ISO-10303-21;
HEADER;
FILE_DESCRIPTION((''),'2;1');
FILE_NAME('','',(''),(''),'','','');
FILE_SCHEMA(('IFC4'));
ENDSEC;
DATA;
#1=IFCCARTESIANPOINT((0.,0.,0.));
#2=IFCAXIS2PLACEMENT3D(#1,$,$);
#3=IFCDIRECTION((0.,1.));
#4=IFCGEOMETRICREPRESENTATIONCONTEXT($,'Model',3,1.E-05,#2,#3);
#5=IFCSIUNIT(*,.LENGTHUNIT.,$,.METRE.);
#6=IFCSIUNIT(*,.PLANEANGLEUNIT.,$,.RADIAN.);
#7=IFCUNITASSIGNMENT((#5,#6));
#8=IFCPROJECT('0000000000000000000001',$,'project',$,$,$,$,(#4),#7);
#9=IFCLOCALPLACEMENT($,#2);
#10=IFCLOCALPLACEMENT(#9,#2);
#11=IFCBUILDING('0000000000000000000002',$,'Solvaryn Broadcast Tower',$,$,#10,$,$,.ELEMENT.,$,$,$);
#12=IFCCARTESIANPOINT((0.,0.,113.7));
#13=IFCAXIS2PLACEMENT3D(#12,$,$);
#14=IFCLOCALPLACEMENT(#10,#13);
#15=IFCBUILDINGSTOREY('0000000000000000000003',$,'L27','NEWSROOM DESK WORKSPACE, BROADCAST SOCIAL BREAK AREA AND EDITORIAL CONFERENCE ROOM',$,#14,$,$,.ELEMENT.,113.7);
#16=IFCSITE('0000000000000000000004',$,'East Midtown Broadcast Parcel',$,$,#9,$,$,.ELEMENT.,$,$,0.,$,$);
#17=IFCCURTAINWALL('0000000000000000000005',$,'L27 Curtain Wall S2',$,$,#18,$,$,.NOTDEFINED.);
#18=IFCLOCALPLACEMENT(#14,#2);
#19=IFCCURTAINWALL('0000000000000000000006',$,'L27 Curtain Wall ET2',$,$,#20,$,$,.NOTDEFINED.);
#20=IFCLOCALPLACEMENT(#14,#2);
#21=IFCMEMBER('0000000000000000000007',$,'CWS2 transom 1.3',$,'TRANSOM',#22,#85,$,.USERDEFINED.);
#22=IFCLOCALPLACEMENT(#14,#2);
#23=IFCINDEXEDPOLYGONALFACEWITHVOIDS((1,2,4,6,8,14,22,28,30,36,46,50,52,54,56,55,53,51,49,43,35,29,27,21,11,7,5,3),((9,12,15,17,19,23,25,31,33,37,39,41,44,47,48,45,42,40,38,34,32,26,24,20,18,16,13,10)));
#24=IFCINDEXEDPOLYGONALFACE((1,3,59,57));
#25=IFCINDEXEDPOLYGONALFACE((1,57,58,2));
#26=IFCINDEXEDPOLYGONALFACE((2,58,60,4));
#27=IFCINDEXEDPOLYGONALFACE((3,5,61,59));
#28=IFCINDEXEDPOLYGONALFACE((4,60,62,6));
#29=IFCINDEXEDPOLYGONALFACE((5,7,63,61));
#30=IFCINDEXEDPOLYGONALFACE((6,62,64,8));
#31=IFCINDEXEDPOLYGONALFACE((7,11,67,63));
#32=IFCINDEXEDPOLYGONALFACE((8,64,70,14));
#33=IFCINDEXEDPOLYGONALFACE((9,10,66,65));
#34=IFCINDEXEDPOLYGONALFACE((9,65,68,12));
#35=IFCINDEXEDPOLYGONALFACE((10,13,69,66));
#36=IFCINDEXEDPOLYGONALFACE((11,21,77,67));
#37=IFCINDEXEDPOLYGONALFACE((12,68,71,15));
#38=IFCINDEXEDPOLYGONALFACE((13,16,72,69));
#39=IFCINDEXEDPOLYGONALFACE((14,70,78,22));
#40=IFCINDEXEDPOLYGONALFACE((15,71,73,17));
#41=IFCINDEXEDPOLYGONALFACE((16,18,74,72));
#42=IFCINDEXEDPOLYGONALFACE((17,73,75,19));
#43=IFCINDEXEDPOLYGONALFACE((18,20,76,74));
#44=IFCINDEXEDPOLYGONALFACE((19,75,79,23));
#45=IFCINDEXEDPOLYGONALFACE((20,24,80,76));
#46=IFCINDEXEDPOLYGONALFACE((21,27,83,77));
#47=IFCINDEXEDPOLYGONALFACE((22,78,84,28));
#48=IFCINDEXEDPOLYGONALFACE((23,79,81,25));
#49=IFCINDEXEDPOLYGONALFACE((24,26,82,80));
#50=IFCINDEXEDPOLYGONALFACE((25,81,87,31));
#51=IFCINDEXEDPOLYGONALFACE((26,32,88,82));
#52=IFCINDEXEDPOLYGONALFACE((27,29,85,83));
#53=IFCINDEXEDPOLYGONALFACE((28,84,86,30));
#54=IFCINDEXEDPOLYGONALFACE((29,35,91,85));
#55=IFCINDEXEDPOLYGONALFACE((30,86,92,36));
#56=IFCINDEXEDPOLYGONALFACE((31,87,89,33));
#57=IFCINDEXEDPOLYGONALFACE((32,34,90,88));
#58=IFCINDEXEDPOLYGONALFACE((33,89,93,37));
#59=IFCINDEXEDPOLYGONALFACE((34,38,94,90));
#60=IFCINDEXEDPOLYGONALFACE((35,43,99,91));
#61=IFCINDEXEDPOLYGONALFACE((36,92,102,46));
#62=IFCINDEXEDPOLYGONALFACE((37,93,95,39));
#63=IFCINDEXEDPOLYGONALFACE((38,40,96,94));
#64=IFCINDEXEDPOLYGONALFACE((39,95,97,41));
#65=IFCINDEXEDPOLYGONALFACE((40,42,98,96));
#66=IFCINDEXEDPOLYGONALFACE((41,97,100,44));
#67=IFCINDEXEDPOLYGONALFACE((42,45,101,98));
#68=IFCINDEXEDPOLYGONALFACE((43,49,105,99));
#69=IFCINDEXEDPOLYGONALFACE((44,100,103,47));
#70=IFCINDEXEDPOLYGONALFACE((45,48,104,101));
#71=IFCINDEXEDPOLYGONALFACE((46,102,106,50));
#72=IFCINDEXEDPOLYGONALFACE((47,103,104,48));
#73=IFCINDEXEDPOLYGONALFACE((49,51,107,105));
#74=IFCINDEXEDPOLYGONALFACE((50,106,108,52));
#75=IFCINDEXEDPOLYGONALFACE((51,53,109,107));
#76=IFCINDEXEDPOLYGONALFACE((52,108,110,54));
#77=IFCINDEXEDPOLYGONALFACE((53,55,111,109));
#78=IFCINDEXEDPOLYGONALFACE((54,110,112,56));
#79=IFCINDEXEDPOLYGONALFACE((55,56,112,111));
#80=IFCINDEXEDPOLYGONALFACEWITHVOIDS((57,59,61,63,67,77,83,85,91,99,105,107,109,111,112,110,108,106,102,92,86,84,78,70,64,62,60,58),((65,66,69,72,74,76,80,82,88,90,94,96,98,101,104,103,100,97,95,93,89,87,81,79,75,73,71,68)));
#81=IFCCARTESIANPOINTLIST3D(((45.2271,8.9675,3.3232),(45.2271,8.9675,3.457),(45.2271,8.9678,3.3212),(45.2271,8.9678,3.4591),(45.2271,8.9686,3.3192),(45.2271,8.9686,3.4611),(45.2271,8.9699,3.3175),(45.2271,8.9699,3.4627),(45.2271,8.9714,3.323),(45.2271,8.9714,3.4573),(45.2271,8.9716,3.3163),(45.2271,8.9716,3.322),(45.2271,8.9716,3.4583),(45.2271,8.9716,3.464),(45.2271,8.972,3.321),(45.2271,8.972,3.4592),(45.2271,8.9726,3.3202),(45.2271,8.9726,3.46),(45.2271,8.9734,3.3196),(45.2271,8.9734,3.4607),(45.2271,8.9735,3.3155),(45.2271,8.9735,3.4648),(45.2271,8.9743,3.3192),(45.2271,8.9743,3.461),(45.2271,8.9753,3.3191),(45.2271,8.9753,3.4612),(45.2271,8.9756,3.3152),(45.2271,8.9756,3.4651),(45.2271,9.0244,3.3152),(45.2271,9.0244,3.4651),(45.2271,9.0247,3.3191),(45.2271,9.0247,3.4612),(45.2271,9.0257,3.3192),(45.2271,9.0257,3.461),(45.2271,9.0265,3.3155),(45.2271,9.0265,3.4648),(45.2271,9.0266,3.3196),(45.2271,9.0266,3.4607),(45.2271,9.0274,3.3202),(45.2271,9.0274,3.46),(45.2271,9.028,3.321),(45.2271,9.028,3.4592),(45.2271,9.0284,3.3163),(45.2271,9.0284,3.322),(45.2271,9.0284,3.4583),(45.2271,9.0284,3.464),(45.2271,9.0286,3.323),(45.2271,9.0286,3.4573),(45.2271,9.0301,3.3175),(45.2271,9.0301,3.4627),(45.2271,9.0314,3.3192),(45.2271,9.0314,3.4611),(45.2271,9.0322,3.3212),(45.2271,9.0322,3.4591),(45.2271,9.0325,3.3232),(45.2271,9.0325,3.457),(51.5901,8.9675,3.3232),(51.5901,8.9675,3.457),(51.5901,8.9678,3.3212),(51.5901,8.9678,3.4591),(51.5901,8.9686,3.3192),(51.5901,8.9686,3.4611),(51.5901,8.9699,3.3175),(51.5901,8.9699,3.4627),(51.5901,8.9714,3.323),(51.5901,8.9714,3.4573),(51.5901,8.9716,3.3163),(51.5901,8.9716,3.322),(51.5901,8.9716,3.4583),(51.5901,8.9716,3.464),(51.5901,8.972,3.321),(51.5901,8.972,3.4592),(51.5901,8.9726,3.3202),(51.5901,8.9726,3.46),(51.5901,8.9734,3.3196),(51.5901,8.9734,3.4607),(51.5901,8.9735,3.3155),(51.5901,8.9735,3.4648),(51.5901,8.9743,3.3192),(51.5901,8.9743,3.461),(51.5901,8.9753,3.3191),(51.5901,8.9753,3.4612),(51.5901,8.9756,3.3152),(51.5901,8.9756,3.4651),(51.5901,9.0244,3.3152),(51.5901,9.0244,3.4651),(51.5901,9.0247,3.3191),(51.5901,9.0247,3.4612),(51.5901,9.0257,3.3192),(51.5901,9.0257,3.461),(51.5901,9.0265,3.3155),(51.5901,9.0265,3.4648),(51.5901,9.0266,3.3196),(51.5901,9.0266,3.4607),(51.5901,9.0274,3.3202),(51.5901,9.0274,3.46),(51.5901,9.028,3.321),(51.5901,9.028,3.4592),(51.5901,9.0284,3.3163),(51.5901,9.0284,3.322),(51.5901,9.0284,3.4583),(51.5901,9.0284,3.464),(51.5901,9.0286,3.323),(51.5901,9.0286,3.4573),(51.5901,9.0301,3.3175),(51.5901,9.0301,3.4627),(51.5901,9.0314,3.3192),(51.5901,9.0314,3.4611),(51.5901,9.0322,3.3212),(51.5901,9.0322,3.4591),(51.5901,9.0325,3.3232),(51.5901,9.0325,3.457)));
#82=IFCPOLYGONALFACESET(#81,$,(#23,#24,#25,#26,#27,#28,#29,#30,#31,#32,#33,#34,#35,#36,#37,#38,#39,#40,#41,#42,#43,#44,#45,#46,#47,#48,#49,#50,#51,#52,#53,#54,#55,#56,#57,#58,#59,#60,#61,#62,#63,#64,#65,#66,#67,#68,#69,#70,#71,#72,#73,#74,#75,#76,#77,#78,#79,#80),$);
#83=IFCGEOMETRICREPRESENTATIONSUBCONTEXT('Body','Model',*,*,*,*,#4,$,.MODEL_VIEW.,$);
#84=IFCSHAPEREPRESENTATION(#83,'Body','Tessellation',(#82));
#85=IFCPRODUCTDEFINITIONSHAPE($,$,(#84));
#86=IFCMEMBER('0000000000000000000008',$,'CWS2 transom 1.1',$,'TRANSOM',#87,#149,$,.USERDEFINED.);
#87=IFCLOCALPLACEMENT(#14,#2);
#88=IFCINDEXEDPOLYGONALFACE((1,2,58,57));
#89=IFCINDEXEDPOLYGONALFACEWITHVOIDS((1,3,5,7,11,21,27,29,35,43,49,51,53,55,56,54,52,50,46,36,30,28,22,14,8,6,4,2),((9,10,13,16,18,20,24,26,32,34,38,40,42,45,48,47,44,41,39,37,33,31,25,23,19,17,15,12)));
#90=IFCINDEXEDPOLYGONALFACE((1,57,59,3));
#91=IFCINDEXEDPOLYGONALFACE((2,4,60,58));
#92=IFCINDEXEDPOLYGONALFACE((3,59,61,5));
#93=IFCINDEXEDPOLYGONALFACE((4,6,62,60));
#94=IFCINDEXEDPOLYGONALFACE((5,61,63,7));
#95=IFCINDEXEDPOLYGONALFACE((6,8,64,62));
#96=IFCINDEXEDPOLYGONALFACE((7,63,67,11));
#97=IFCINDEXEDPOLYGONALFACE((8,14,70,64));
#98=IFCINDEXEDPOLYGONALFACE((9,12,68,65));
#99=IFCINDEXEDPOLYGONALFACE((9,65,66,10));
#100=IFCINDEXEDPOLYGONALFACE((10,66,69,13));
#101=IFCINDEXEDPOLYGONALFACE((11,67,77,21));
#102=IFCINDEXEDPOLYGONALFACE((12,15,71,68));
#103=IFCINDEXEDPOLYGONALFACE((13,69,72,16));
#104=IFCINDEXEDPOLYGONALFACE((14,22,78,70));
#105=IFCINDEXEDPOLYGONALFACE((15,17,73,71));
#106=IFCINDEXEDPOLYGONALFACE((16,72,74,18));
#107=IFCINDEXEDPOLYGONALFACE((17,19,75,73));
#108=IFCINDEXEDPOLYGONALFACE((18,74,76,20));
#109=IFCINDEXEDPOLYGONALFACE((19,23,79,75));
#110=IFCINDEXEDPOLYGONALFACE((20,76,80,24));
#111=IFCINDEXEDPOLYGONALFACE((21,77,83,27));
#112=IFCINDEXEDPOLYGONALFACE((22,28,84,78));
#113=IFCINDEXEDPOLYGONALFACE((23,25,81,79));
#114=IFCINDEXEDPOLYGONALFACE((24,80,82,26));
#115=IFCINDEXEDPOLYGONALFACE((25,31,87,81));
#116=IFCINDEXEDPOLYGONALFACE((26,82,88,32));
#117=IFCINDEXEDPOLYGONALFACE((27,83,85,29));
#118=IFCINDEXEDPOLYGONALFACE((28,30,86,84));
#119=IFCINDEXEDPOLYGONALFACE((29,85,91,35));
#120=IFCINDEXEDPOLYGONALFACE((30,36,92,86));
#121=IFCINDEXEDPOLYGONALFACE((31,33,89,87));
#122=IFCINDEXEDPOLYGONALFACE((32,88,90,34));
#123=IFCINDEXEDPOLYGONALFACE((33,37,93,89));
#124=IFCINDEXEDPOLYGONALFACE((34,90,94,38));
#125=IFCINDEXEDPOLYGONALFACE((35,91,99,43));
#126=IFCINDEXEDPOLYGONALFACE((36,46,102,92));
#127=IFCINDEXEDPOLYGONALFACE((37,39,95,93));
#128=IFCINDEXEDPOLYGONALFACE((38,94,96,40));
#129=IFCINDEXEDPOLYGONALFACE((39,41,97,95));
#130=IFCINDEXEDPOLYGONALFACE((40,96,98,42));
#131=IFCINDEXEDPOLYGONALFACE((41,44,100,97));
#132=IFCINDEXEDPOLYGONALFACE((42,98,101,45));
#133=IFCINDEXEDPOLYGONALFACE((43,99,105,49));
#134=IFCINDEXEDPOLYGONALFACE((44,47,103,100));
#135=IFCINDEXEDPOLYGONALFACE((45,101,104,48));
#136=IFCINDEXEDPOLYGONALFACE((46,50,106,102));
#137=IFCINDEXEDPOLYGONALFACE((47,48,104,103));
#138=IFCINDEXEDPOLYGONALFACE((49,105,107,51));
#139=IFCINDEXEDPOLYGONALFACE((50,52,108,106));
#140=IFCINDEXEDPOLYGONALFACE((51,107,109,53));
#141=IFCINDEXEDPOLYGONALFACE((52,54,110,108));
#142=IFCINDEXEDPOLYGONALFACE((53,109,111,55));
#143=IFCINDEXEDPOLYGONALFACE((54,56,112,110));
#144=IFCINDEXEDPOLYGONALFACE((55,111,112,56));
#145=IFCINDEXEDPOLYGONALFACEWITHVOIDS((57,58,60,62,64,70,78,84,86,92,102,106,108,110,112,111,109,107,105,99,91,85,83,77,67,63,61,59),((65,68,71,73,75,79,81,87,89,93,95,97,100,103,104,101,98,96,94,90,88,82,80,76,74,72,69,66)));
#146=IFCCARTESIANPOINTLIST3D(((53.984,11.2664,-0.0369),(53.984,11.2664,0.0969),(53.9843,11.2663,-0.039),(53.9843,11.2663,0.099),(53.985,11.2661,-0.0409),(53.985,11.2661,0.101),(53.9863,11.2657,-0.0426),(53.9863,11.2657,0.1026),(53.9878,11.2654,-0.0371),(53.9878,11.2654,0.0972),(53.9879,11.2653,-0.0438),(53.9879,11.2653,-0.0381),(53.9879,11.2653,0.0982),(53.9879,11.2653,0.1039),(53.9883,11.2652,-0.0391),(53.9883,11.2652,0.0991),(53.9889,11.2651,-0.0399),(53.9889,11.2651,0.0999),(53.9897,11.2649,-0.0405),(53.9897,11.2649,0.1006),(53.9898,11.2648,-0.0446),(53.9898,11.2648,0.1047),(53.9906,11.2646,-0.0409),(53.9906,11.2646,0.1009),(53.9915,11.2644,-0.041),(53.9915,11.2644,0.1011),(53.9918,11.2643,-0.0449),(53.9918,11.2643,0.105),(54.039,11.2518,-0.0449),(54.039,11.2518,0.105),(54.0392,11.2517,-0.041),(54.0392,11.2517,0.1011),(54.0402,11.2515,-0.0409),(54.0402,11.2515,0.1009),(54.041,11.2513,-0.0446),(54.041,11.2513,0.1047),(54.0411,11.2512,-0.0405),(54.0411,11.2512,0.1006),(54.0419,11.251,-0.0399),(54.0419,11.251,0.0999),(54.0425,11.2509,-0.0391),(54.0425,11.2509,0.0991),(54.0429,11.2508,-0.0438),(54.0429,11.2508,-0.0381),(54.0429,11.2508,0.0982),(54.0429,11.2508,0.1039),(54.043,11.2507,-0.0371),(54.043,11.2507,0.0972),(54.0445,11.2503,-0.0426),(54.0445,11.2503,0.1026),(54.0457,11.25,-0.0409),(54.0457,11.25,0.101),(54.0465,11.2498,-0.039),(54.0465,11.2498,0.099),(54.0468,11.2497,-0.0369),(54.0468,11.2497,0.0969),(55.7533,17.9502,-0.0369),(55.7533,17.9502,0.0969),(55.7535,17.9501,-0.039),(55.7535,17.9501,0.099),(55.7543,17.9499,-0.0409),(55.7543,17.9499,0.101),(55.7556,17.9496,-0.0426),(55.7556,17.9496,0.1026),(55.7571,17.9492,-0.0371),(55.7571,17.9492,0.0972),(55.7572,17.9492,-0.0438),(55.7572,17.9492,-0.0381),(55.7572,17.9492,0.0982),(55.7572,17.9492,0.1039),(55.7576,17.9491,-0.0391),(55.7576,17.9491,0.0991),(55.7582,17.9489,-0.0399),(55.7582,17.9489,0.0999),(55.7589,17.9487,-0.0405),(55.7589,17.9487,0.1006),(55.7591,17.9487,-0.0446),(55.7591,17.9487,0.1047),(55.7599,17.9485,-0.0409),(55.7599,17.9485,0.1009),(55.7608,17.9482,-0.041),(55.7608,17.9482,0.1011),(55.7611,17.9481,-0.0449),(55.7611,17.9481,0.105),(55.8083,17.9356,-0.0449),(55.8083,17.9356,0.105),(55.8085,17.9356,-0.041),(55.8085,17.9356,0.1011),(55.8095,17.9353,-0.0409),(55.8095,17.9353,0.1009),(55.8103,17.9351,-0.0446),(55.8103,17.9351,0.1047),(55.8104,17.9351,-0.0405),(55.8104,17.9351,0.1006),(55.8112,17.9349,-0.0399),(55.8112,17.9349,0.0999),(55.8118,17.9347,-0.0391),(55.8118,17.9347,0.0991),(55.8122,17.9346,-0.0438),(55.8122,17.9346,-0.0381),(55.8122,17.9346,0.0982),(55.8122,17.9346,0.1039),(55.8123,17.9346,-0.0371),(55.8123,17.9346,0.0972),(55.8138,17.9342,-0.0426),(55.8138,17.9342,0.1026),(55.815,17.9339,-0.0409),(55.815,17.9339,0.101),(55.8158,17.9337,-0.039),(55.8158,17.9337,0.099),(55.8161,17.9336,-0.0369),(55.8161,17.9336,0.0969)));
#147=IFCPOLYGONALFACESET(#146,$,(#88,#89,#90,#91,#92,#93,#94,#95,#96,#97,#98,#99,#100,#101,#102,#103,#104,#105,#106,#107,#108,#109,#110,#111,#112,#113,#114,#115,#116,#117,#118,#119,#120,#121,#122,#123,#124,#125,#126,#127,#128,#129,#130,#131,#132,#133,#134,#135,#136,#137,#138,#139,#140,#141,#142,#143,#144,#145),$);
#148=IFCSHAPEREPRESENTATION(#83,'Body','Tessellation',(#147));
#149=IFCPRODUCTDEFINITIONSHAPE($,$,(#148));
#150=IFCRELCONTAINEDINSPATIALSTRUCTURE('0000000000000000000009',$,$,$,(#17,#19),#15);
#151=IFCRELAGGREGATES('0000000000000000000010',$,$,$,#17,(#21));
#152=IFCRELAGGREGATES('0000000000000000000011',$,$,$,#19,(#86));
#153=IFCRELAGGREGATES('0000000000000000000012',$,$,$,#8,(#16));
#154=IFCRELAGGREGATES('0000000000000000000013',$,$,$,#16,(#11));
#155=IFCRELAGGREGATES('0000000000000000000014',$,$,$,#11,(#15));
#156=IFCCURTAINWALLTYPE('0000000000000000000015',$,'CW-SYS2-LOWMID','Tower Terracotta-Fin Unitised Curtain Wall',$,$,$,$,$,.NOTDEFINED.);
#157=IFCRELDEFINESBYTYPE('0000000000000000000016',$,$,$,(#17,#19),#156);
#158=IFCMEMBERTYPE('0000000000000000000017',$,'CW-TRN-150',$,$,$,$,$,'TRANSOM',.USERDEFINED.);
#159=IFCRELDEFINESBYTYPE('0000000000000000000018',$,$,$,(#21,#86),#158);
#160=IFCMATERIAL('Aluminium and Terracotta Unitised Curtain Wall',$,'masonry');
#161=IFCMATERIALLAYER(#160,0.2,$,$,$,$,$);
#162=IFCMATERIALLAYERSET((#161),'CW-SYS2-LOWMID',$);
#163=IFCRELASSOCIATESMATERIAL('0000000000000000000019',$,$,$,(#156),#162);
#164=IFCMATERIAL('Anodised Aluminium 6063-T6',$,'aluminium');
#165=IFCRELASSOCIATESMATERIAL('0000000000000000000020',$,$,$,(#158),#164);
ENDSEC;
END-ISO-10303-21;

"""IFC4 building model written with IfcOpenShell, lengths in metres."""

from ifc_helpers import new_model, si_unit, direction, frame, origin, origin_2d, place, context, subcontext, project, spatial, hollow_rectangle, extrude, material, layer, layer_set, material_profile, profile_set, type_object, element, aggregate, save


model = new_model("IFC4")

# Units and contexts
model_context = context("Model", 3, precision=1e-05, world=origin(), true_north=direction((0.0, 1.0)))
body_context = subcontext(model_context, "Body", "Model", "MODEL_VIEW")
ifc_project = project(units=[si_unit("LENGTHUNIT", "METRE"), si_unit("PLANEANGLEUNIT", "RADIAN")], contexts=[model_context])

# Site, building, storey
site_placement = place(None, origin())
site = spatial("IfcSite", under=ifc_project, at=site_placement, Name="East Midtown Broadcast Parcel", CompositionType="ELEMENT", RefElevation=0.0)
building_placement = place(site_placement, origin())
building = spatial("IfcBuilding", under=site, at=building_placement, Name="Solvaryn Broadcast Tower", CompositionType="ELEMENT")
storey_placement = place(building_placement, frame((0.0, 0.0, 113.7)))
storey = spatial("IfcBuildingStorey", under=building, at=storey_placement, Name="L27", Description="NEWSROOM DESK WORKSPACE, BROADCAST SOCIAL BREAK AREA AND EDITORIAL CONFERENCE ROOM", CompositionType="ELEMENT", Elevation=113.7)

# Curtain wall
ifc_material_1 = material(Name="Aluminium and Terracotta Unitised Curtain Wall", Category="masonry")
ifc_layer_1 = layer(ifc_material_1, 0.2)
ifc_layer_set_1 = layer_set([ifc_layer_1], Name="CW-SYS2-LOWMID")
curtain_wall_type = type_object("IfcCurtainWallType", Name="CW-SYS2-LOWMID", Description="Tower Terracotta-Fin Unitised Curtain Wall", PredefinedType="NOTDEFINED", material=ifc_layer_set_1)
curtain_wall_1_placement = place(storey_placement, origin())
curtain_wall_1 = element("IfcCurtainWall", 1, at=curtain_wall_1_placement, inside=storey, type_object=curtain_wall_type, Name="L27 Curtain Wall S2", PredefinedType="NOTDEFINED")

# Curtain wall
curtain_wall_2_placement = place(storey_placement, origin())
curtain_wall_2 = element("IfcCurtainWall", 2, at=curtain_wall_2_placement, inside=storey, type_object=curtain_wall_type, Name="L27 Curtain Wall ET2", PredefinedType="NOTDEFINED")

# Members
ifc_material_2 = material(Name="Anodised Aluminium 6063-T6", Category="aluminium")
ifc_material_profile_1 = material_profile(ifc_material_2, hollow_rectangle(XDim=0.0649, YDim=0.1499, WallThickness=0.0039, InnerFilletRadius=0.0039, OuterFilletRadius=0.0081, at=origin_2d()))
ifc_profile_set_1 = profile_set([ifc_material_profile_1], Name="Anodised Aluminium 6063-T6")
member_type_1 = type_object("IfcMemberType", Name="CW-TRN-150", ElementType="TRANSOM", PredefinedType="USERDEFINED", material=ifc_profile_set_1)
member_1_placement = place(storey_placement, frame((45.2271, 9.0, 3.3901), z_axis=(1.0, 0.0, 0.0), x_axis=(0.0, 1.0, 0.0)))
member_1 = element("IfcMember", 3, at=member_1_placement, type_object=member_type_1, Name="CWS2 transom 1.3", ObjectType="TRANSOM", PredefinedType="USERDEFINED", context=body_context, shape_type="SweptSolid", body=[
    extrude(hollow_rectangle(XDim=0.0649, YDim=0.1499, WallThickness=0.0039, InnerFilletRadius=0.0039, OuterFilletRadius=0.0081, at=origin_2d()), origin(), (0.0, 0.0, 1.0), 6.363),
])
member_2_placement = place(storey_placement, frame((55.7847, 17.9419, 0.03), z_axis=(-0.255897, -0.966704, 0.0), x_axis=(0.966704, -0.255897, 0.0)))
member_2 = element("IfcMember", 4, at=member_2_placement, type_object=member_type_1, Name="CWS2 transom 1.1", ObjectType="TRANSOM", PredefinedType="USERDEFINED", context=body_context, shape_type="SweptSolid", body=[
    extrude(hollow_rectangle(XDim=0.0649, YDim=0.1499, WallThickness=0.0039, InnerFilletRadius=0.0039, OuterFilletRadius=0.0081, at=origin_2d()), origin(), (0.0, 0.0, 1.0), 6.9141),
])

aggregate(curtain_wall_1, [member_1])
aggregate(curtain_wall_2, [member_2])

save(model, "model.ifc")
